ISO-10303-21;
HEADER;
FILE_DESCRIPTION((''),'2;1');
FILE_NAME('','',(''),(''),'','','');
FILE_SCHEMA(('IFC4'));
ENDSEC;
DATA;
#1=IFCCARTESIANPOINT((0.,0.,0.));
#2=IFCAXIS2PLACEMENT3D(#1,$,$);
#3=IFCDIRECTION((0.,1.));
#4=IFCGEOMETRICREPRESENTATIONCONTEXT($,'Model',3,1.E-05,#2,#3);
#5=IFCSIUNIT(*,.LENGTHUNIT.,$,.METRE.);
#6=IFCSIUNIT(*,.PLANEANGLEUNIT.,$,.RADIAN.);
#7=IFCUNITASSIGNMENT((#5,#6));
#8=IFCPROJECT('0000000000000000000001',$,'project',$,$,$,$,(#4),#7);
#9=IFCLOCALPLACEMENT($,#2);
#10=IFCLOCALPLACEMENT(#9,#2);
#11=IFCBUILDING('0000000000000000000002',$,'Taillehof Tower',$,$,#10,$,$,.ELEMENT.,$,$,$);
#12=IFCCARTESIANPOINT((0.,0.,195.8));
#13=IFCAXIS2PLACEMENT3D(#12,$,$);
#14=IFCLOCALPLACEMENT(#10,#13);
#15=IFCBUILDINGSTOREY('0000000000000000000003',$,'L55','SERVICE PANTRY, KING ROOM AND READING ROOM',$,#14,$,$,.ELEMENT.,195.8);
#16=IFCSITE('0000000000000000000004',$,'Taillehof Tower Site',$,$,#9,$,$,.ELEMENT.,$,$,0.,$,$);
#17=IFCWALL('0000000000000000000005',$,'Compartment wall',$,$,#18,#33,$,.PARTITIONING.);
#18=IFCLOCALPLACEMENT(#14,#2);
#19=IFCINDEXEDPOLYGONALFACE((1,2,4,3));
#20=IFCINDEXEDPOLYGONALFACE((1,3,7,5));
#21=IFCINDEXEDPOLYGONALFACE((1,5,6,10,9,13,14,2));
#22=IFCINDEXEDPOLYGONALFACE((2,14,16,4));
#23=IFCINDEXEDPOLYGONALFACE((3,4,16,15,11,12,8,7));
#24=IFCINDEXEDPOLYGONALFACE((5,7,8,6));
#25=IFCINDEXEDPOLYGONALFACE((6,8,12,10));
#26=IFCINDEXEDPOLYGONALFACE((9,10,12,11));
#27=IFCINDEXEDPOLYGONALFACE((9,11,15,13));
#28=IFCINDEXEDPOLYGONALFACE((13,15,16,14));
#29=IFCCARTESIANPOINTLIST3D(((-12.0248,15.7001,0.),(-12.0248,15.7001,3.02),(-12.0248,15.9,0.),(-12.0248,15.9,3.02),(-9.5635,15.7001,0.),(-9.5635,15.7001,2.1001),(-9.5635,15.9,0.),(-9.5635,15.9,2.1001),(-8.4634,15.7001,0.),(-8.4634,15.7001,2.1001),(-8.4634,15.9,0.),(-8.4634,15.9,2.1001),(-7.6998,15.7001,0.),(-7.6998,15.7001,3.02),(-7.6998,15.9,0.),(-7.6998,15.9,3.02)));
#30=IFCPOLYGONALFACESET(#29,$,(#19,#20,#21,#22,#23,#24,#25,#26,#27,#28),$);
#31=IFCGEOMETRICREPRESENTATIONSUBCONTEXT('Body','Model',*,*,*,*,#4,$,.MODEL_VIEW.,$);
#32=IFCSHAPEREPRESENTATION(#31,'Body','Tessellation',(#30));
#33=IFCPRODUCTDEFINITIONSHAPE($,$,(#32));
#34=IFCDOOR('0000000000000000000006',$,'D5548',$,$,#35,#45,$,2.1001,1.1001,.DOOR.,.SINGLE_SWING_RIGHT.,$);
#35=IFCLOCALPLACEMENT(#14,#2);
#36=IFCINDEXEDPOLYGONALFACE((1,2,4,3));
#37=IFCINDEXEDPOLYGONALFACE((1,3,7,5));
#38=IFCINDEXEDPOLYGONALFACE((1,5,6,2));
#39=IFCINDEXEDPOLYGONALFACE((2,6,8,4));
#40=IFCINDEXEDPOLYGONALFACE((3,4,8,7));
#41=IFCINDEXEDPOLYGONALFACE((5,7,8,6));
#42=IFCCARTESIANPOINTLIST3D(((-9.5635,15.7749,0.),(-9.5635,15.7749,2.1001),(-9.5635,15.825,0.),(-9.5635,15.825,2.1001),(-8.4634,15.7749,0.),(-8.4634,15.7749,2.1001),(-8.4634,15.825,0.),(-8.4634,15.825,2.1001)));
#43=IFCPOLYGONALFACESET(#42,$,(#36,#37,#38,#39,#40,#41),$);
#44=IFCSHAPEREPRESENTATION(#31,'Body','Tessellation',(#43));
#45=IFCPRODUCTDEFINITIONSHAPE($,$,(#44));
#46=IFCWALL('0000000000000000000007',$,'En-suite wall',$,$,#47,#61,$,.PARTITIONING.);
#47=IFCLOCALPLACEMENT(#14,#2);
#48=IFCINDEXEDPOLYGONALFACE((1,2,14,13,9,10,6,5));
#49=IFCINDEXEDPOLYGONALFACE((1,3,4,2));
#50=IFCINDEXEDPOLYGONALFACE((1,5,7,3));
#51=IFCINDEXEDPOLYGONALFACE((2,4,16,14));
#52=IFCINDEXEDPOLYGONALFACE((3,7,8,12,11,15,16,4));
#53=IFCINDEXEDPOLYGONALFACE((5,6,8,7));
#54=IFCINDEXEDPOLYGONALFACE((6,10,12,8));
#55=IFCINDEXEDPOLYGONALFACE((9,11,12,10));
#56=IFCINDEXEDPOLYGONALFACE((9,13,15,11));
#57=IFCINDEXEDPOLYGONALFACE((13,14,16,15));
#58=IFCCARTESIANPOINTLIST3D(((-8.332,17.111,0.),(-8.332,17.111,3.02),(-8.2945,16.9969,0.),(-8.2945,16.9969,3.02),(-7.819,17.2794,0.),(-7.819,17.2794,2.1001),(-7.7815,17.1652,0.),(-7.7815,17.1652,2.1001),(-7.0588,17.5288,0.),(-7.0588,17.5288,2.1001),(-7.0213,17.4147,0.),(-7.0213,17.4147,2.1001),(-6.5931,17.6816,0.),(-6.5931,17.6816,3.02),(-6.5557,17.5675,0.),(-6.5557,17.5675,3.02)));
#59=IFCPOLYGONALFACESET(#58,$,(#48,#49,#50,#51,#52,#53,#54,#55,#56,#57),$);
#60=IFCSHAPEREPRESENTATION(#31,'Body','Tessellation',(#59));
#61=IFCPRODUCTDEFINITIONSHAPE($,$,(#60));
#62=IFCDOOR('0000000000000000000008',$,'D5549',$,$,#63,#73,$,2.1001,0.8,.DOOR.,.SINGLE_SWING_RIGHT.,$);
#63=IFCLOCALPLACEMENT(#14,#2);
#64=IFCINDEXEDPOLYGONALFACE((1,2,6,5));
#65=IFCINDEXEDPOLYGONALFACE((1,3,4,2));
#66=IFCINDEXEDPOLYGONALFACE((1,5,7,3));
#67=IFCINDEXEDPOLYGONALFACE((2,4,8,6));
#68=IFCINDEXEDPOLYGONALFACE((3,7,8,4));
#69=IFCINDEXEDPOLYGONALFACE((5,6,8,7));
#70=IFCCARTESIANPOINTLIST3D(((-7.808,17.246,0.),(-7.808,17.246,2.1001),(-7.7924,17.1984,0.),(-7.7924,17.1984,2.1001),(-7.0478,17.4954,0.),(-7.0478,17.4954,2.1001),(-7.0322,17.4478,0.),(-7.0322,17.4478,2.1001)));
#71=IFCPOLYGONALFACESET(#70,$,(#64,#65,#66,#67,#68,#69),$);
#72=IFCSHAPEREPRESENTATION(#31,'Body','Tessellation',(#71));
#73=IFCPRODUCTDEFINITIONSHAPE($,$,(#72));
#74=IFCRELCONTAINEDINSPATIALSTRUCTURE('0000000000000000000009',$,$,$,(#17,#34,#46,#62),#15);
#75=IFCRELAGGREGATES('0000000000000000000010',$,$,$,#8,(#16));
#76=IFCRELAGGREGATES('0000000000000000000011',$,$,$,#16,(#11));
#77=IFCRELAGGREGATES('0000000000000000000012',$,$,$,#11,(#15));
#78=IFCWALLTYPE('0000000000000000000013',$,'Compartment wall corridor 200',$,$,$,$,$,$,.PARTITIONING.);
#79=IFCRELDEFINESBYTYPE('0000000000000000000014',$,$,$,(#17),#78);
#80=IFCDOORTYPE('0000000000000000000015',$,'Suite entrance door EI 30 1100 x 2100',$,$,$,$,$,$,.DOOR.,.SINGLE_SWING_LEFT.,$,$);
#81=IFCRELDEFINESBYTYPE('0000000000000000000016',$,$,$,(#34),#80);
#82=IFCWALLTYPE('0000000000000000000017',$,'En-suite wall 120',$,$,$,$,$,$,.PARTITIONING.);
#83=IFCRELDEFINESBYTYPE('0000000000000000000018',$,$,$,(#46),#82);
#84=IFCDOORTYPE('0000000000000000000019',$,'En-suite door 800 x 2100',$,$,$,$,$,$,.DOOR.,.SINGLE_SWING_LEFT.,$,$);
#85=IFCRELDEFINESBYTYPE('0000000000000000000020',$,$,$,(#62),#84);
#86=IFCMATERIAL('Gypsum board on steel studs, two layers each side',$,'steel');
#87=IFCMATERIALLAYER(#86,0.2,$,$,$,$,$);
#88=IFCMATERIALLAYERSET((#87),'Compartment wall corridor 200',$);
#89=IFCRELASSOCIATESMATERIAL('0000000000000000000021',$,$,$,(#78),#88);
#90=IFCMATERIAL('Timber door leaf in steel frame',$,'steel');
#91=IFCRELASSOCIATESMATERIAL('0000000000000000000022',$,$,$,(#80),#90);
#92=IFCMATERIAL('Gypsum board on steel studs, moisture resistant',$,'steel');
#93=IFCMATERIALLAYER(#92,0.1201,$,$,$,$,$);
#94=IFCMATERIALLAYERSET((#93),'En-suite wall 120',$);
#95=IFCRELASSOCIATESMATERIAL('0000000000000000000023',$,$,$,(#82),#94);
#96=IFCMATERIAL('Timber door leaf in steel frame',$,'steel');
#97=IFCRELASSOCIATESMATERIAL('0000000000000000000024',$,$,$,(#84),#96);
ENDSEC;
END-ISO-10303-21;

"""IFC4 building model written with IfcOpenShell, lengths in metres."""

from ifc_helpers import new_model, si_unit, direction, frame, frame_2d, origin, place, context, subcontext, project, spatial, rectangle, extrude, material, layer, layer_set, type_object, element, fill, save


model = new_model("IFC4")

# Units and contexts
model_context = context("Model", 3, precision=1e-05, world=origin(), true_north=direction((0.0, 1.0)))
body_context = subcontext(model_context, "Body", "Model", "MODEL_VIEW")
ifc_project = project(units=[si_unit("LENGTHUNIT", "METRE"), si_unit("PLANEANGLEUNIT", "RADIAN")], contexts=[model_context])

# Site, building, storey
site_placement = place(None, origin())
site = spatial("IfcSite", under=ifc_project, at=site_placement, Name="Taillehof Tower Site", CompositionType="ELEMENT", RefElevation=0.0)
building_placement = place(site_placement, origin())
building = spatial("IfcBuilding", under=site, at=building_placement, Name="Taillehof Tower", CompositionType="ELEMENT")
storey_placement = place(building_placement, frame((0.0, 0.0, 195.8)))
storey = spatial("IfcBuildingStorey", under=building, at=storey_placement, Name="L55", Description="SERVICE PANTRY, KING ROOM AND READING ROOM", CompositionType="ELEMENT", Elevation=195.8)

# Shared definitions
ifc_material_1 = material(Name="Gypsum board on steel studs, two layers each side", Category="steel")
ifc_layer_1 = layer(ifc_material_1, 0.2)
ifc_layer_set_1 = layer_set([ifc_layer_1], Name="Compartment wall corridor 200")
wall_type_1 = type_object("IfcWallType", Name="Compartment wall corridor 200", PredefinedType="PARTITIONING", material=ifc_layer_set_1)

# Walls, openings, doors
wall_1_placement = place(storey_placement, frame((-12.0249, 15.8, 0.0), z_axis=(0.0, 0.0, 1.0), x_axis=(1.0, 0.0, 0.0)))
wall_1 = element("IfcWall", 1, at=wall_1_placement, inside=storey, type_object=wall_type_1, Name="Compartment wall", PredefinedType="PARTITIONING", context=body_context, shape_type="SweptSolid", body=[
    extrude(rectangle(XDim=4.325, YDim=0.2, at=frame_2d((2.1626, 0.0))), origin(), (0.0, 0.0, 1.0), 3.02),
])
opening_1_placement = place(wall_1_placement, frame((2.4614, 0.0, 0.0)))
opening_1 = element("IfcOpeningElement", 2, at=opening_1_placement, cuts=wall_1, PredefinedType="OPENING", context=body_context, shape_type="SweptSolid", body=[
    extrude(rectangle(XDim=1.1001, YDim=2.1001, at=frame_2d((0.55, 1.05))), frame((0.0, 0.1099, 0.0), z_axis=(0.0, -1.0, 0.0), x_axis=(1.0, 0.0, 0.0)), (0.0, 0.0, 1.0), 0.22),
])
ifc_material_2 = material(Name="Timber door leaf in steel frame", Category="steel")
door_type_1 = type_object("IfcDoorType", Name="Suite entrance door EI 30 1100 x 2100", OperationType="SINGLE_SWING_LEFT", PredefinedType="DOOR", material=ifc_material_2)
door_1_placement = place(opening_1_placement, origin())
door_1 = element("IfcDoor", 3, at=door_1_placement, inside=storey, type_object=door_type_1, Name="D5548", OperationType="SINGLE_SWING_RIGHT", OverallHeight=2.1001, OverallWidth=1.1001, PredefinedType="DOOR", context=body_context, shape_type="SweptSolid", body=[
    extrude(rectangle(XDim=1.1001, YDim=2.1001, at=frame_2d((0.55, 1.05))), frame((0.0, 0.0249, 0.0), z_axis=(0.0, -1.0, 0.0), x_axis=(1.0, 0.0, 0.0)), (0.0, 0.0, 1.0), 0.05),
])
fill(opening_1, door_1)
ifc_material_3 = material(Name="Gypsum board on steel studs, moisture resistant", Category="steel")
ifc_layer_2 = layer(ifc_material_3, 0.1201)
ifc_layer_set_2 = layer_set([ifc_layer_2], Name="En-suite wall 120")
wall_type_2 = type_object("IfcWallType", Name="En-suite wall 120", PredefinedType="PARTITIONING", material=ifc_layer_set_2)
wall_2_placement = place(storey_placement, frame((-8.3132, 17.054, 0.0), z_axis=(0.0, 0.0, 1.0), x_axis=(0.950154, 0.311782, 0.0)))
wall_2 = element("IfcWall", 4, at=wall_2_placement, inside=storey, type_object=wall_type_2, Name="En-suite wall", PredefinedType="PARTITIONING", context=body_context, shape_type="SweptSolid", body=[
    extrude(rectangle(XDim=1.8301, YDim=0.1201, at=frame_2d((0.915, 0.0))), origin(), (0.0, 0.0, 1.0), 3.02),
])
opening_2_placement = place(wall_2_placement, frame((0.54, 0.0, 0.0)))
opening_2 = element("IfcOpeningElement", 5, at=opening_2_placement, cuts=wall_2, PredefinedType="OPENING", context=body_context, shape_type="SweptSolid", body=[
    extrude(rectangle(XDim=0.8, YDim=2.1001, at=frame_2d((0.3999, 1.05))), frame((0.0, 0.0701, 0.0), z_axis=(0.0, -1.0, 0.0), x_axis=(1.0, 0.0, 0.0)), (0.0, 0.0, 1.0), 0.1401),
])
ifc_material_4 = material(Name="Timber door leaf in steel frame", Category="steel")
door_type_2 = type_object("IfcDoorType", Name="En-suite door 800 x 2100", OperationType="SINGLE_SWING_LEFT", PredefinedType="DOOR", material=ifc_material_4)
door_2_placement = place(opening_2_placement, origin())
door_2 = element("IfcDoor", 6, at=door_2_placement, inside=storey, type_object=door_type_2, Name="D5549", OperationType="SINGLE_SWING_RIGHT", OverallHeight=2.1001, OverallWidth=0.8, PredefinedType="DOOR", context=body_context, shape_type="SweptSolid", body=[
    extrude(rectangle(XDim=0.8, YDim=2.1001, at=frame_2d((0.3999, 1.05))), frame((0.0, 0.0249, 0.0), z_axis=(0.0, -1.0, 0.0), x_axis=(1.0, 0.0, 0.0)), (0.0, 0.0, 1.0), 0.05),
])
fill(opening_2, door_2)

save(model, "model.ifc")
